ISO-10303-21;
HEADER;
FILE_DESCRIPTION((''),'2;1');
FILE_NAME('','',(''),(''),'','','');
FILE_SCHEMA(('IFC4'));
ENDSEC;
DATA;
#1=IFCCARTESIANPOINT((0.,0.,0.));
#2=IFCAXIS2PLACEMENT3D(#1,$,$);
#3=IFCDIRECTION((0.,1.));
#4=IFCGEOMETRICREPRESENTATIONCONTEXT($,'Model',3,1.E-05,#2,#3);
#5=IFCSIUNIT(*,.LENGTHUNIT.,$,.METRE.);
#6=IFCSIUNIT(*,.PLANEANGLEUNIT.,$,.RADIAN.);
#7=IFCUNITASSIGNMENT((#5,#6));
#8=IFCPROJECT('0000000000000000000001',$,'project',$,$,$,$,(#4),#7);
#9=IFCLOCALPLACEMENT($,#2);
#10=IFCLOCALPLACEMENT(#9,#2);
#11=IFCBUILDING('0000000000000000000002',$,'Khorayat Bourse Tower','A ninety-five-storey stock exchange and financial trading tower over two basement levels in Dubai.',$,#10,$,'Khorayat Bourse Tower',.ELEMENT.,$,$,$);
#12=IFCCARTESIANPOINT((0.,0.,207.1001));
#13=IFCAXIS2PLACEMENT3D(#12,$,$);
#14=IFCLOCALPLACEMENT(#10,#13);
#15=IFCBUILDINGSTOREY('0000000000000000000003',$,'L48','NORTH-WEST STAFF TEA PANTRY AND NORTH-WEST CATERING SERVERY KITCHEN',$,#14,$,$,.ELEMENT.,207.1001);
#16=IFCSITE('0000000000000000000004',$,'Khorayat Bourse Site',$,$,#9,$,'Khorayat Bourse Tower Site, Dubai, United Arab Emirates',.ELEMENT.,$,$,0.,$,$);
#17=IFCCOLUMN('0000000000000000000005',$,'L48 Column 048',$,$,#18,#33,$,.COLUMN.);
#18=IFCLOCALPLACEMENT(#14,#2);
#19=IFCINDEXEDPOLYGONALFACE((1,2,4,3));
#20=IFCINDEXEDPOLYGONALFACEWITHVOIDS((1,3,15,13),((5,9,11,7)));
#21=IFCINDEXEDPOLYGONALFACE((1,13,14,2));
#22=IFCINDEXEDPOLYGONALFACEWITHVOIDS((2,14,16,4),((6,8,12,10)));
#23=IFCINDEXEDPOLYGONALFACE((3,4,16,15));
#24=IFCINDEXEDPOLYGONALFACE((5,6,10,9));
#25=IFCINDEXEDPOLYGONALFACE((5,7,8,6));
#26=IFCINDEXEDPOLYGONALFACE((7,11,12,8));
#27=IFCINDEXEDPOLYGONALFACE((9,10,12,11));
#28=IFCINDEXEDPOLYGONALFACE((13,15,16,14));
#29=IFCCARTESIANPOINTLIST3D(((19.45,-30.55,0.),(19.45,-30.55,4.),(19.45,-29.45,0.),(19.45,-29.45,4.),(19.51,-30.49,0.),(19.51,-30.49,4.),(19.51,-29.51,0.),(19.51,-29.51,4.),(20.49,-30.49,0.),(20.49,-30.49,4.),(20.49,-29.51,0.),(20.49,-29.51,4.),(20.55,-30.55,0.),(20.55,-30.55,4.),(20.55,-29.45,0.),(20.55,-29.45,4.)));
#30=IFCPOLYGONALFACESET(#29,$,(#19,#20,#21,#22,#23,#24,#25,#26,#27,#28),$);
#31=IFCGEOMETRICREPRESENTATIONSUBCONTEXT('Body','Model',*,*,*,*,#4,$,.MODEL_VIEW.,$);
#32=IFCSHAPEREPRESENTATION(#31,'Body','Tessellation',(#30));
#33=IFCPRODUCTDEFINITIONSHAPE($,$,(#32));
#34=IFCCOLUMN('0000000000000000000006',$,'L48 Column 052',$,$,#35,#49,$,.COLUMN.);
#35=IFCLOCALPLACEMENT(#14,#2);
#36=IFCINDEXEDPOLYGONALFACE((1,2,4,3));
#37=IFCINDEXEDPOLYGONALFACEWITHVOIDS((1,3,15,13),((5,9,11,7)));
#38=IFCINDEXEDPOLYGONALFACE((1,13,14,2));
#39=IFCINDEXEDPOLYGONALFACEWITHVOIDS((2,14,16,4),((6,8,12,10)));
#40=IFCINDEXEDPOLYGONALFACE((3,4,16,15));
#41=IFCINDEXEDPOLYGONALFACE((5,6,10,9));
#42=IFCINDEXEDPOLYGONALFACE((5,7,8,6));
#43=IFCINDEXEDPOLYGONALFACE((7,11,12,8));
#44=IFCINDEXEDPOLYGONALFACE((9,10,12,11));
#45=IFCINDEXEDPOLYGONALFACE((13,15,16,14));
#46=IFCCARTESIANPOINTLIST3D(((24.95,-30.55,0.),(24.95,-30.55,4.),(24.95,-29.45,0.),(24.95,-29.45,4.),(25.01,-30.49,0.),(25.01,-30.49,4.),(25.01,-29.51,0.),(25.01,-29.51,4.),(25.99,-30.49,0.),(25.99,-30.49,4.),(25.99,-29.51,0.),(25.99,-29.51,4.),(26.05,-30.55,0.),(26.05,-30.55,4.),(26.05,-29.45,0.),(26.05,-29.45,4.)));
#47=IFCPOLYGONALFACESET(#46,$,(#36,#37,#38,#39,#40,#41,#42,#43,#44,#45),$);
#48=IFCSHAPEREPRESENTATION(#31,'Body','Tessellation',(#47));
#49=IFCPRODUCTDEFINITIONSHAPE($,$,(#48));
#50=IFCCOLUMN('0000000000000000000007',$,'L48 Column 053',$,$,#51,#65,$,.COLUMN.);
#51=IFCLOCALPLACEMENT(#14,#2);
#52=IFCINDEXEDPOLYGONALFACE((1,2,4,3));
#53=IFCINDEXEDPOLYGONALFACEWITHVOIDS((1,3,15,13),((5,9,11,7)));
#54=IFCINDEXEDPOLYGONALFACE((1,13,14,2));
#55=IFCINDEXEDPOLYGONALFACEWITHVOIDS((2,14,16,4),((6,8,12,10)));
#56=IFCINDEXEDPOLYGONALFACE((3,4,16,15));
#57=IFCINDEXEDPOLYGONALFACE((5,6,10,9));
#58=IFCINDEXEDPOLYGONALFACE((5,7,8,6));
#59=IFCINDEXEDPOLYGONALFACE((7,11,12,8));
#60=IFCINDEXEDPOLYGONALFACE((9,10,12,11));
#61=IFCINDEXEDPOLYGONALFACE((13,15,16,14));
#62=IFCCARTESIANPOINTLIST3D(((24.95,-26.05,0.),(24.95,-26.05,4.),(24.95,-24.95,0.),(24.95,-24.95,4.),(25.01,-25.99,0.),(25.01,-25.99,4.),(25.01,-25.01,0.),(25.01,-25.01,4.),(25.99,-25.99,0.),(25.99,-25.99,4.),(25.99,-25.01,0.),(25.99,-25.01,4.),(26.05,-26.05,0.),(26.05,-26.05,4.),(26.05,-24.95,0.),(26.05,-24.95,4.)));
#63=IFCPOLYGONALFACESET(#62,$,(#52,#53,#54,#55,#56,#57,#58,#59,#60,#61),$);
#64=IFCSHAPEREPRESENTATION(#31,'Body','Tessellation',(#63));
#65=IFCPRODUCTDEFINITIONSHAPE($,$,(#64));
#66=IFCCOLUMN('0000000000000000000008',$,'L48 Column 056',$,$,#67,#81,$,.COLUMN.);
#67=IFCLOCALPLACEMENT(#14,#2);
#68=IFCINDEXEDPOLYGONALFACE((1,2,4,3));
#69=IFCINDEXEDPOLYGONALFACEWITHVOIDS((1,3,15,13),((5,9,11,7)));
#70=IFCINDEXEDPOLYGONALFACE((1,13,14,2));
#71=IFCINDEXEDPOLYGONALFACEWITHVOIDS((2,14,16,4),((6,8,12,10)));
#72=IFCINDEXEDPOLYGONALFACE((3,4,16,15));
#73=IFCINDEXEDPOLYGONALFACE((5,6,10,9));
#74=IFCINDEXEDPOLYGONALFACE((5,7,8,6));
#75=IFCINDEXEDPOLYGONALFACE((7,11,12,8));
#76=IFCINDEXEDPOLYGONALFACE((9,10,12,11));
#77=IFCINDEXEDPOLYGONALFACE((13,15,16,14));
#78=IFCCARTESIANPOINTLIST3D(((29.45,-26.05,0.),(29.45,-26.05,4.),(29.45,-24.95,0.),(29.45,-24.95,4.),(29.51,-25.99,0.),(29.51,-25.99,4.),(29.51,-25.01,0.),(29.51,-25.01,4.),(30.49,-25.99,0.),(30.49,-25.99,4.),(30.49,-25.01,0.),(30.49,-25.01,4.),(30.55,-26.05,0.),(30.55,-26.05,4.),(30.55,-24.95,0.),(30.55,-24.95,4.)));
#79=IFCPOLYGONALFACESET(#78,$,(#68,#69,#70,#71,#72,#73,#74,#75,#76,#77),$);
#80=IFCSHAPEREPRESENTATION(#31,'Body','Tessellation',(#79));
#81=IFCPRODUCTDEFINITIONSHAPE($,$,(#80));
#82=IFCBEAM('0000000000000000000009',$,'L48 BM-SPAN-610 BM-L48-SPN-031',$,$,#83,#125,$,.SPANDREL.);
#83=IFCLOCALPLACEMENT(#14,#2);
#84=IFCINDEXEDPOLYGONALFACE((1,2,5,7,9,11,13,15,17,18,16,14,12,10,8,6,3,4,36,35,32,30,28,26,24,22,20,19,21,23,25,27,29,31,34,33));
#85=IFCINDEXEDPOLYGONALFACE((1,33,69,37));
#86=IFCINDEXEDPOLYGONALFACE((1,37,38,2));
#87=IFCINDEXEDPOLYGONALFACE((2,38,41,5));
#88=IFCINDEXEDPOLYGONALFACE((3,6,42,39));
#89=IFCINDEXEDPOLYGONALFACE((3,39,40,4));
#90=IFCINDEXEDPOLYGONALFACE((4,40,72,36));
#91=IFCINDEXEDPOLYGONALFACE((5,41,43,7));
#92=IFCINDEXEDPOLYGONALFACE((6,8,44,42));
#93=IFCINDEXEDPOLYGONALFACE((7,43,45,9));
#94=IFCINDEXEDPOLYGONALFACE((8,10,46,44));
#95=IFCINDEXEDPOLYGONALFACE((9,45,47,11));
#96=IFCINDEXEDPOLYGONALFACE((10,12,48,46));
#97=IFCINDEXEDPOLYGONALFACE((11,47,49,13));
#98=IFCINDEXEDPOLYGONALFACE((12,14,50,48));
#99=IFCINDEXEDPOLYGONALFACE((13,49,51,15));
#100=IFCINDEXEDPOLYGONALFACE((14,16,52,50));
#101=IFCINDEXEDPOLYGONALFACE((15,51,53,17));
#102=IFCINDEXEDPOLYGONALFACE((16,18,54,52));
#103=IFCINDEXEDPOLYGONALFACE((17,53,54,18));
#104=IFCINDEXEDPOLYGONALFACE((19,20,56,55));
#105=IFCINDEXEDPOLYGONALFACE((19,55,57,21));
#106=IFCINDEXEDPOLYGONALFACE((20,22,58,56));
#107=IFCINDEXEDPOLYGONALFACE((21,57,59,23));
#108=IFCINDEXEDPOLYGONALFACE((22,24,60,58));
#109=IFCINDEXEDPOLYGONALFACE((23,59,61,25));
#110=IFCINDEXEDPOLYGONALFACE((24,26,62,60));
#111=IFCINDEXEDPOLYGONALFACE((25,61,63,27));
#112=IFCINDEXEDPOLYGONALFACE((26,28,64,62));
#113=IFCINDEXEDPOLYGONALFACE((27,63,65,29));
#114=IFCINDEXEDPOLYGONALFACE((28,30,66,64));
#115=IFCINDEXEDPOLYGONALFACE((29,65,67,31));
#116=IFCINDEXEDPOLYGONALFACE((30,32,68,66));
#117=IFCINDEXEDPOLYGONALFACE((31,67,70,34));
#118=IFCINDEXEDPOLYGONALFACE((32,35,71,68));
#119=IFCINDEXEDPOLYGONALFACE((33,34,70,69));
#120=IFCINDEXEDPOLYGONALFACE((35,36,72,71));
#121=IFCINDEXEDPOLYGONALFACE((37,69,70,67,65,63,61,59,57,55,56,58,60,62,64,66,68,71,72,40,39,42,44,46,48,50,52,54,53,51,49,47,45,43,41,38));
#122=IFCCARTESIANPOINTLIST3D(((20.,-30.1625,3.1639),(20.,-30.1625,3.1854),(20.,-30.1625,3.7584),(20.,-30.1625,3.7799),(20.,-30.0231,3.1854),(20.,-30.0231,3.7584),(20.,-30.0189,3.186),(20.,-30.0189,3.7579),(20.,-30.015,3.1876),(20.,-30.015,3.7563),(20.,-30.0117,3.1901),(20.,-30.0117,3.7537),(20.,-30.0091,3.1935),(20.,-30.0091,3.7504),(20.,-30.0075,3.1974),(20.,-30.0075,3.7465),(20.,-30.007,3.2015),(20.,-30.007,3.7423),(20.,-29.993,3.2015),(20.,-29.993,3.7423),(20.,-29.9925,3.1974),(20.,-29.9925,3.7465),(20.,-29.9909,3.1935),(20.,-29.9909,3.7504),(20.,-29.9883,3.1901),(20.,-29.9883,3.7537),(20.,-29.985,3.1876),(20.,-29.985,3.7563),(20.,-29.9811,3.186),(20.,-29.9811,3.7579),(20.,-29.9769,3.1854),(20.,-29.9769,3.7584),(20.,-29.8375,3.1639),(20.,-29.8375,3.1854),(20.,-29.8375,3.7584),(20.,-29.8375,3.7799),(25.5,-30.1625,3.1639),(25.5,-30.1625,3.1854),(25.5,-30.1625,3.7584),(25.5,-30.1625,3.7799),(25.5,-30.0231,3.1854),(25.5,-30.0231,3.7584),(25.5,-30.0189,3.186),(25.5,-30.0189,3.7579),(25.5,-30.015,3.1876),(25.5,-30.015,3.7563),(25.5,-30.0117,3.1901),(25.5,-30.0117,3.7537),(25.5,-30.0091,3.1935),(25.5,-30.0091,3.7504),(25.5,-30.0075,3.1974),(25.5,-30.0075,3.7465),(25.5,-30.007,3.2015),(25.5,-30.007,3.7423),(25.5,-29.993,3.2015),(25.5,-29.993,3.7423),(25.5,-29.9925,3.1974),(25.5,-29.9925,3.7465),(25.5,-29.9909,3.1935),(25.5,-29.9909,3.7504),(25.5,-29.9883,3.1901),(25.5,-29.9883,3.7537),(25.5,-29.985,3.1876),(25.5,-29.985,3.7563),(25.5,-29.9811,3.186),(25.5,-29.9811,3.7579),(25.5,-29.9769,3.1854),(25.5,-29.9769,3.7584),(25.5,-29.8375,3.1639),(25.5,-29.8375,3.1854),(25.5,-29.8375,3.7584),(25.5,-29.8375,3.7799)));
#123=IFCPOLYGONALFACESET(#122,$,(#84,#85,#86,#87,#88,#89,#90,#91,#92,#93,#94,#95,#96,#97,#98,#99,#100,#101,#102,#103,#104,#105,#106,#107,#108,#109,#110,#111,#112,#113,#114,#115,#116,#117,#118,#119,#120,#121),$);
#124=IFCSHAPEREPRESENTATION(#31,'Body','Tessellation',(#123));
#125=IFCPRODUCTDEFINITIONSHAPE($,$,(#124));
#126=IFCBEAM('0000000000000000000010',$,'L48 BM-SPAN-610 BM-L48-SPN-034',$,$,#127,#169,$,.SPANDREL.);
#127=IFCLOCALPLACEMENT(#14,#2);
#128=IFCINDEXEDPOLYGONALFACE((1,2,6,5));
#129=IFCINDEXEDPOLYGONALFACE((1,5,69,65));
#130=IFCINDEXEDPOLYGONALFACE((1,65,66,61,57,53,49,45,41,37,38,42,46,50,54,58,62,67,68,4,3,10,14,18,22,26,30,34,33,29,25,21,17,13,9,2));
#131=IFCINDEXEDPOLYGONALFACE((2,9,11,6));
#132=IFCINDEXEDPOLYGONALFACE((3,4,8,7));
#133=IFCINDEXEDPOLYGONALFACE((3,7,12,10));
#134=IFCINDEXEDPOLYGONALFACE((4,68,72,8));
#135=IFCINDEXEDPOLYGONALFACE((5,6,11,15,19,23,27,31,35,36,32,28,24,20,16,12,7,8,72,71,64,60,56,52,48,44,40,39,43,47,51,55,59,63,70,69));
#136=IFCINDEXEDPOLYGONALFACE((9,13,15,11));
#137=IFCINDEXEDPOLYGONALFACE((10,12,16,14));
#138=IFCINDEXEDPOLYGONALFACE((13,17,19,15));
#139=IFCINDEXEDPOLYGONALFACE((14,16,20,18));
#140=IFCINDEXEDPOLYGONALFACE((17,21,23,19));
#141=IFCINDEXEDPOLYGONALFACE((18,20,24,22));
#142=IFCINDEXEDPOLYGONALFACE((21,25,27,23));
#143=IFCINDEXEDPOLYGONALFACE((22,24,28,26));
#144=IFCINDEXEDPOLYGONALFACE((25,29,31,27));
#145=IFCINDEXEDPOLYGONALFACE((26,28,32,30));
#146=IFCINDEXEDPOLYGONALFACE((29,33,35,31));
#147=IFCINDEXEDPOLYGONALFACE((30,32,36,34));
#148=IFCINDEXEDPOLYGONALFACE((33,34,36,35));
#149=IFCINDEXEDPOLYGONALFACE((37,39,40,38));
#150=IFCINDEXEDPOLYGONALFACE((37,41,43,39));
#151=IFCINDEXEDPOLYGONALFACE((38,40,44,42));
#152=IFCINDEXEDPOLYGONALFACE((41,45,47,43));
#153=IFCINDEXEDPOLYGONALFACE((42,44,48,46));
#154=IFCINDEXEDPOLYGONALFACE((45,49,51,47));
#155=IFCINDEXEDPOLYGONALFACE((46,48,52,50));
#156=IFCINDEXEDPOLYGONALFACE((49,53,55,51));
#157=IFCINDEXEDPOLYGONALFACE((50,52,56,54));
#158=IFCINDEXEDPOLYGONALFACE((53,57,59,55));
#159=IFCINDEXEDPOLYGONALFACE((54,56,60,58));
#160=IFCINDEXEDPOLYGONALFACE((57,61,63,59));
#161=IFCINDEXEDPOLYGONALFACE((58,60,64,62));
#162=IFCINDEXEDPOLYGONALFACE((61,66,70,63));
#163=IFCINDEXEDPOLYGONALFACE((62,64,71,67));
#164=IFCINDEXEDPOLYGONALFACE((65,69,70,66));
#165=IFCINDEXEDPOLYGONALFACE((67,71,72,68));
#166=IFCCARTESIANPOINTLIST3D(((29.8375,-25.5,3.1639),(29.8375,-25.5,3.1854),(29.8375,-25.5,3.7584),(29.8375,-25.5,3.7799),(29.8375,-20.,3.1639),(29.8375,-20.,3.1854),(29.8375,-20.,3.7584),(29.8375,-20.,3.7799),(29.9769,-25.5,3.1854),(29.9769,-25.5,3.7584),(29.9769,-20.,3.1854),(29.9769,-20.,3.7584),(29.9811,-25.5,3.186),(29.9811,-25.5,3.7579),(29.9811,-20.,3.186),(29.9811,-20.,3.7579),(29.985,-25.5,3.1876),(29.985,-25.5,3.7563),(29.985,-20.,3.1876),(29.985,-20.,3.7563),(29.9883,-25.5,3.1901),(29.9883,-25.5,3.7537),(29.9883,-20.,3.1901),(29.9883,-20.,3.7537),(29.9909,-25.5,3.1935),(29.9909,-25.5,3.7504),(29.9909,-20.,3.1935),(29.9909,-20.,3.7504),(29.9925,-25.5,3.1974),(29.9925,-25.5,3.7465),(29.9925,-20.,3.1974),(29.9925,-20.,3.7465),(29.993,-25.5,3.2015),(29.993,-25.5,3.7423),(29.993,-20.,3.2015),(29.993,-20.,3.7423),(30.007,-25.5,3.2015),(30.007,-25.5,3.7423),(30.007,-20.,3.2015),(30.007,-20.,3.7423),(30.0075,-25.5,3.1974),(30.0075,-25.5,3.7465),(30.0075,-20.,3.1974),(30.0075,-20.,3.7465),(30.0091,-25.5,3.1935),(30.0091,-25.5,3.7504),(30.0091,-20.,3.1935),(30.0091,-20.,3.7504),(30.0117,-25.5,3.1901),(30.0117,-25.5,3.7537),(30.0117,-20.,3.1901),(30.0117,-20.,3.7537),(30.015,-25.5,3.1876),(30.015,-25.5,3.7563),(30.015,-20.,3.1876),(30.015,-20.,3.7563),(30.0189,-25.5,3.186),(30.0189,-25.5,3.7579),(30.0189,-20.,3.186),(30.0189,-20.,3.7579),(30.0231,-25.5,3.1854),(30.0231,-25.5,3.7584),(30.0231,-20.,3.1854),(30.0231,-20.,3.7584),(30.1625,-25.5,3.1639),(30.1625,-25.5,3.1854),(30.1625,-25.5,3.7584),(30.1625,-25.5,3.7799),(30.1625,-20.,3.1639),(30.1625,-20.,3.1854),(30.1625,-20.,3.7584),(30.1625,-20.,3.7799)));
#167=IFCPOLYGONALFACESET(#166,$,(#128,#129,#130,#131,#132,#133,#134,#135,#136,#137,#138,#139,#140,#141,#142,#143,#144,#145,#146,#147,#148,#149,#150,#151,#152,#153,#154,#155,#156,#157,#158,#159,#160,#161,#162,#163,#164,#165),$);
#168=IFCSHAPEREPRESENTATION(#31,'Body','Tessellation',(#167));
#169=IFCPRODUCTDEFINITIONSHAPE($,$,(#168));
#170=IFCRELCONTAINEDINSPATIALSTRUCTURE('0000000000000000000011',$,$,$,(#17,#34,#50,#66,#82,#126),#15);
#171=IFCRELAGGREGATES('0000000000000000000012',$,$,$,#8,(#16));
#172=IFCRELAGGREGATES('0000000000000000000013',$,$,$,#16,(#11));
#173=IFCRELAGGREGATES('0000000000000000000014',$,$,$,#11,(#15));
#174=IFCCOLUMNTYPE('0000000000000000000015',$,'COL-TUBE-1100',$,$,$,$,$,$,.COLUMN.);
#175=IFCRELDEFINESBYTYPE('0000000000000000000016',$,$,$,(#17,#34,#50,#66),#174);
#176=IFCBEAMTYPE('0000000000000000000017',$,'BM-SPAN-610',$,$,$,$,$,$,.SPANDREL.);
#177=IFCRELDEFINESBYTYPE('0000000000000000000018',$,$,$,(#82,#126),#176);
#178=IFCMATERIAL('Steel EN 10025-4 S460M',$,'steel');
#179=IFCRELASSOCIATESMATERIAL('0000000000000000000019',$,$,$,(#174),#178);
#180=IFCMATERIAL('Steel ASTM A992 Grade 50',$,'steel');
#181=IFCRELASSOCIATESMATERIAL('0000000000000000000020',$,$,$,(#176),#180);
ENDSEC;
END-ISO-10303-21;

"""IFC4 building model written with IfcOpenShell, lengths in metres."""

from ifc_helpers import new_model, si_unit, direction, frame, origin, origin_2d, place, context, subcontext, project, spatial, hollow_rectangle, i_section, extrude, source, transform, mapped, material, material_profile, profile_set, type_object, element, save


model = new_model("IFC4")

# Units and contexts
model_context = context("Model", 3, precision=1e-05, world=origin(), true_north=direction((0.0, 1.0)))
body_context = subcontext(model_context, "Body", "Model", "MODEL_VIEW")
ifc_project = project(units=[si_unit("LENGTHUNIT", "METRE"), si_unit("PLANEANGLEUNIT", "RADIAN")], contexts=[model_context])

# Site, building, storey
site_placement = place(None, origin())
site = spatial("IfcSite", under=ifc_project, at=site_placement, Name="Khorayat Bourse Site", LongName="Khorayat Bourse Tower Site, Dubai, United Arab Emirates", CompositionType="ELEMENT", RefElevation=0.0)
building_placement = place(site_placement, origin())
building = spatial("IfcBuilding", under=site, at=building_placement, Name="Khorayat Bourse Tower", Description="A ninety-five-storey stock exchange and financial trading tower over two basement levels in Dubai.", LongName="Khorayat Bourse Tower", CompositionType="ELEMENT")
storey_placement = place(building_placement, frame((0.0, 0.0, 207.1001)))
storey = spatial("IfcBuildingStorey", under=building, at=storey_placement, Name="L48", Description="NORTH-WEST STAFF TEA PANTRY AND NORTH-WEST CATERING SERVERY KITCHEN", CompositionType="ELEMENT", Elevation=207.1001)

# Columns
ifc_material_1 = material(Name="Steel EN 10025-4 S460M", Category="steel")
ifc_material_profile_1 = material_profile(ifc_material_1, hollow_rectangle(XDim=1.1001, YDim=1.1001, WallThickness=0.0601, at=origin_2d()), Name="BOX 1100x1100x60")
ifc_profile_set_1 = profile_set([ifc_material_profile_1], Name="Steel EN 10025-4 S460M")
column_type = type_object("IfcColumnType", Name="COL-TUBE-1100", PredefinedType="COLUMN", material=ifc_profile_set_1)
shared_shape_1 = source(origin(), body_context, "Body", "SweptSolid", [
    extrude(hollow_rectangle(XDim=1.1001, YDim=1.1001, WallThickness=0.0601, at=origin_2d()), origin(), (0.0, 0.0, 1.0), 4.0),
])
for number, where, z_axis, x_axis, name in (
    (1, (20.0, -30.0, 0.0), (0.0, 0.0, 1.0), (1.0, 0.0, 0.0), "L48 Column 048"),
    (2, (25.5, -30.0, 0.0), (0.0, 0.0, 1.0), (1.0, 0.0, 0.0), "L48 Column 052"),
    (3, (25.5, -25.5, 0.0), (0.0, 0.0, 1.0), (1.0, 0.0, 0.0), "L48 Column 053"),
    (4, (30.0, -25.5, 0.0), (0.0, 0.0, 1.0), (1.0, 0.0, 0.0), "L48 Column 056"),
):
    element("IfcColumn", number, at=place(storey_placement, frame(where, z_axis=z_axis, x_axis=x_axis)), inside=storey, type_object=column_type, Name=name, PredefinedType="COLUMN", context=body_context, shape_type="MappedRepresentation", body=[
        mapped(shared_shape_1, transform((0.0, 0.0, 0.0), scale=1.0)),
    ])

# Beams
ifc_material_2 = material(Name="Steel ASTM A992 Grade 50", Category="steel")
ifc_material_profile_2 = material_profile(ifc_material_2, i_section(OverallWidth=0.325, OverallDepth=0.616, WebThickness=0.0139, FlangeThickness=0.0215, FilletRadius=0.0161, at=origin_2d()), Name="W610X174")
ifc_profile_set_2 = profile_set([ifc_material_profile_2], Name="Steel ASTM A992 Grade 50")
beam_type_1 = type_object("IfcBeamType", Name="BM-SPAN-610", PredefinedType="SPANDREL", material=ifc_profile_set_2)
shared_shape_2 = source(origin(), body_context, "Body", "SweptSolid", [
    extrude(i_section(OverallWidth=0.325, OverallDepth=0.616, WebThickness=0.0139, FlangeThickness=0.0215, FilletRadius=0.0161, at=origin_2d()), origin(), (0.0, 0.0, 1.0), 5.5),
])
for number, where, z_axis, x_axis, name in (
    (5, (20.0, -30.0, 3.4719), (1.0, 0.0, 0.0), (0.0, 1.0, 0.0), "L48 BM-SPAN-610 BM-L48-SPN-031"),
    (6, (30.0, -25.5, 3.4719), (0.0, 1.0, 0.0), (-1.0, 0.0, 0.0), "L48 BM-SPAN-610 BM-L48-SPN-034"),
):
    element("IfcBeam", number, at=place(storey_placement, frame(where, z_axis=z_axis, x_axis=x_axis)), inside=storey, type_object=beam_type_1, Name=name, PredefinedType="SPANDREL", context=body_context, shape_type="MappedRepresentation", body=[
        mapped(shared_shape_2, transform((0.0, 0.0, 0.0), scale=1.0)),
    ])

save(model, "model.ifc")
